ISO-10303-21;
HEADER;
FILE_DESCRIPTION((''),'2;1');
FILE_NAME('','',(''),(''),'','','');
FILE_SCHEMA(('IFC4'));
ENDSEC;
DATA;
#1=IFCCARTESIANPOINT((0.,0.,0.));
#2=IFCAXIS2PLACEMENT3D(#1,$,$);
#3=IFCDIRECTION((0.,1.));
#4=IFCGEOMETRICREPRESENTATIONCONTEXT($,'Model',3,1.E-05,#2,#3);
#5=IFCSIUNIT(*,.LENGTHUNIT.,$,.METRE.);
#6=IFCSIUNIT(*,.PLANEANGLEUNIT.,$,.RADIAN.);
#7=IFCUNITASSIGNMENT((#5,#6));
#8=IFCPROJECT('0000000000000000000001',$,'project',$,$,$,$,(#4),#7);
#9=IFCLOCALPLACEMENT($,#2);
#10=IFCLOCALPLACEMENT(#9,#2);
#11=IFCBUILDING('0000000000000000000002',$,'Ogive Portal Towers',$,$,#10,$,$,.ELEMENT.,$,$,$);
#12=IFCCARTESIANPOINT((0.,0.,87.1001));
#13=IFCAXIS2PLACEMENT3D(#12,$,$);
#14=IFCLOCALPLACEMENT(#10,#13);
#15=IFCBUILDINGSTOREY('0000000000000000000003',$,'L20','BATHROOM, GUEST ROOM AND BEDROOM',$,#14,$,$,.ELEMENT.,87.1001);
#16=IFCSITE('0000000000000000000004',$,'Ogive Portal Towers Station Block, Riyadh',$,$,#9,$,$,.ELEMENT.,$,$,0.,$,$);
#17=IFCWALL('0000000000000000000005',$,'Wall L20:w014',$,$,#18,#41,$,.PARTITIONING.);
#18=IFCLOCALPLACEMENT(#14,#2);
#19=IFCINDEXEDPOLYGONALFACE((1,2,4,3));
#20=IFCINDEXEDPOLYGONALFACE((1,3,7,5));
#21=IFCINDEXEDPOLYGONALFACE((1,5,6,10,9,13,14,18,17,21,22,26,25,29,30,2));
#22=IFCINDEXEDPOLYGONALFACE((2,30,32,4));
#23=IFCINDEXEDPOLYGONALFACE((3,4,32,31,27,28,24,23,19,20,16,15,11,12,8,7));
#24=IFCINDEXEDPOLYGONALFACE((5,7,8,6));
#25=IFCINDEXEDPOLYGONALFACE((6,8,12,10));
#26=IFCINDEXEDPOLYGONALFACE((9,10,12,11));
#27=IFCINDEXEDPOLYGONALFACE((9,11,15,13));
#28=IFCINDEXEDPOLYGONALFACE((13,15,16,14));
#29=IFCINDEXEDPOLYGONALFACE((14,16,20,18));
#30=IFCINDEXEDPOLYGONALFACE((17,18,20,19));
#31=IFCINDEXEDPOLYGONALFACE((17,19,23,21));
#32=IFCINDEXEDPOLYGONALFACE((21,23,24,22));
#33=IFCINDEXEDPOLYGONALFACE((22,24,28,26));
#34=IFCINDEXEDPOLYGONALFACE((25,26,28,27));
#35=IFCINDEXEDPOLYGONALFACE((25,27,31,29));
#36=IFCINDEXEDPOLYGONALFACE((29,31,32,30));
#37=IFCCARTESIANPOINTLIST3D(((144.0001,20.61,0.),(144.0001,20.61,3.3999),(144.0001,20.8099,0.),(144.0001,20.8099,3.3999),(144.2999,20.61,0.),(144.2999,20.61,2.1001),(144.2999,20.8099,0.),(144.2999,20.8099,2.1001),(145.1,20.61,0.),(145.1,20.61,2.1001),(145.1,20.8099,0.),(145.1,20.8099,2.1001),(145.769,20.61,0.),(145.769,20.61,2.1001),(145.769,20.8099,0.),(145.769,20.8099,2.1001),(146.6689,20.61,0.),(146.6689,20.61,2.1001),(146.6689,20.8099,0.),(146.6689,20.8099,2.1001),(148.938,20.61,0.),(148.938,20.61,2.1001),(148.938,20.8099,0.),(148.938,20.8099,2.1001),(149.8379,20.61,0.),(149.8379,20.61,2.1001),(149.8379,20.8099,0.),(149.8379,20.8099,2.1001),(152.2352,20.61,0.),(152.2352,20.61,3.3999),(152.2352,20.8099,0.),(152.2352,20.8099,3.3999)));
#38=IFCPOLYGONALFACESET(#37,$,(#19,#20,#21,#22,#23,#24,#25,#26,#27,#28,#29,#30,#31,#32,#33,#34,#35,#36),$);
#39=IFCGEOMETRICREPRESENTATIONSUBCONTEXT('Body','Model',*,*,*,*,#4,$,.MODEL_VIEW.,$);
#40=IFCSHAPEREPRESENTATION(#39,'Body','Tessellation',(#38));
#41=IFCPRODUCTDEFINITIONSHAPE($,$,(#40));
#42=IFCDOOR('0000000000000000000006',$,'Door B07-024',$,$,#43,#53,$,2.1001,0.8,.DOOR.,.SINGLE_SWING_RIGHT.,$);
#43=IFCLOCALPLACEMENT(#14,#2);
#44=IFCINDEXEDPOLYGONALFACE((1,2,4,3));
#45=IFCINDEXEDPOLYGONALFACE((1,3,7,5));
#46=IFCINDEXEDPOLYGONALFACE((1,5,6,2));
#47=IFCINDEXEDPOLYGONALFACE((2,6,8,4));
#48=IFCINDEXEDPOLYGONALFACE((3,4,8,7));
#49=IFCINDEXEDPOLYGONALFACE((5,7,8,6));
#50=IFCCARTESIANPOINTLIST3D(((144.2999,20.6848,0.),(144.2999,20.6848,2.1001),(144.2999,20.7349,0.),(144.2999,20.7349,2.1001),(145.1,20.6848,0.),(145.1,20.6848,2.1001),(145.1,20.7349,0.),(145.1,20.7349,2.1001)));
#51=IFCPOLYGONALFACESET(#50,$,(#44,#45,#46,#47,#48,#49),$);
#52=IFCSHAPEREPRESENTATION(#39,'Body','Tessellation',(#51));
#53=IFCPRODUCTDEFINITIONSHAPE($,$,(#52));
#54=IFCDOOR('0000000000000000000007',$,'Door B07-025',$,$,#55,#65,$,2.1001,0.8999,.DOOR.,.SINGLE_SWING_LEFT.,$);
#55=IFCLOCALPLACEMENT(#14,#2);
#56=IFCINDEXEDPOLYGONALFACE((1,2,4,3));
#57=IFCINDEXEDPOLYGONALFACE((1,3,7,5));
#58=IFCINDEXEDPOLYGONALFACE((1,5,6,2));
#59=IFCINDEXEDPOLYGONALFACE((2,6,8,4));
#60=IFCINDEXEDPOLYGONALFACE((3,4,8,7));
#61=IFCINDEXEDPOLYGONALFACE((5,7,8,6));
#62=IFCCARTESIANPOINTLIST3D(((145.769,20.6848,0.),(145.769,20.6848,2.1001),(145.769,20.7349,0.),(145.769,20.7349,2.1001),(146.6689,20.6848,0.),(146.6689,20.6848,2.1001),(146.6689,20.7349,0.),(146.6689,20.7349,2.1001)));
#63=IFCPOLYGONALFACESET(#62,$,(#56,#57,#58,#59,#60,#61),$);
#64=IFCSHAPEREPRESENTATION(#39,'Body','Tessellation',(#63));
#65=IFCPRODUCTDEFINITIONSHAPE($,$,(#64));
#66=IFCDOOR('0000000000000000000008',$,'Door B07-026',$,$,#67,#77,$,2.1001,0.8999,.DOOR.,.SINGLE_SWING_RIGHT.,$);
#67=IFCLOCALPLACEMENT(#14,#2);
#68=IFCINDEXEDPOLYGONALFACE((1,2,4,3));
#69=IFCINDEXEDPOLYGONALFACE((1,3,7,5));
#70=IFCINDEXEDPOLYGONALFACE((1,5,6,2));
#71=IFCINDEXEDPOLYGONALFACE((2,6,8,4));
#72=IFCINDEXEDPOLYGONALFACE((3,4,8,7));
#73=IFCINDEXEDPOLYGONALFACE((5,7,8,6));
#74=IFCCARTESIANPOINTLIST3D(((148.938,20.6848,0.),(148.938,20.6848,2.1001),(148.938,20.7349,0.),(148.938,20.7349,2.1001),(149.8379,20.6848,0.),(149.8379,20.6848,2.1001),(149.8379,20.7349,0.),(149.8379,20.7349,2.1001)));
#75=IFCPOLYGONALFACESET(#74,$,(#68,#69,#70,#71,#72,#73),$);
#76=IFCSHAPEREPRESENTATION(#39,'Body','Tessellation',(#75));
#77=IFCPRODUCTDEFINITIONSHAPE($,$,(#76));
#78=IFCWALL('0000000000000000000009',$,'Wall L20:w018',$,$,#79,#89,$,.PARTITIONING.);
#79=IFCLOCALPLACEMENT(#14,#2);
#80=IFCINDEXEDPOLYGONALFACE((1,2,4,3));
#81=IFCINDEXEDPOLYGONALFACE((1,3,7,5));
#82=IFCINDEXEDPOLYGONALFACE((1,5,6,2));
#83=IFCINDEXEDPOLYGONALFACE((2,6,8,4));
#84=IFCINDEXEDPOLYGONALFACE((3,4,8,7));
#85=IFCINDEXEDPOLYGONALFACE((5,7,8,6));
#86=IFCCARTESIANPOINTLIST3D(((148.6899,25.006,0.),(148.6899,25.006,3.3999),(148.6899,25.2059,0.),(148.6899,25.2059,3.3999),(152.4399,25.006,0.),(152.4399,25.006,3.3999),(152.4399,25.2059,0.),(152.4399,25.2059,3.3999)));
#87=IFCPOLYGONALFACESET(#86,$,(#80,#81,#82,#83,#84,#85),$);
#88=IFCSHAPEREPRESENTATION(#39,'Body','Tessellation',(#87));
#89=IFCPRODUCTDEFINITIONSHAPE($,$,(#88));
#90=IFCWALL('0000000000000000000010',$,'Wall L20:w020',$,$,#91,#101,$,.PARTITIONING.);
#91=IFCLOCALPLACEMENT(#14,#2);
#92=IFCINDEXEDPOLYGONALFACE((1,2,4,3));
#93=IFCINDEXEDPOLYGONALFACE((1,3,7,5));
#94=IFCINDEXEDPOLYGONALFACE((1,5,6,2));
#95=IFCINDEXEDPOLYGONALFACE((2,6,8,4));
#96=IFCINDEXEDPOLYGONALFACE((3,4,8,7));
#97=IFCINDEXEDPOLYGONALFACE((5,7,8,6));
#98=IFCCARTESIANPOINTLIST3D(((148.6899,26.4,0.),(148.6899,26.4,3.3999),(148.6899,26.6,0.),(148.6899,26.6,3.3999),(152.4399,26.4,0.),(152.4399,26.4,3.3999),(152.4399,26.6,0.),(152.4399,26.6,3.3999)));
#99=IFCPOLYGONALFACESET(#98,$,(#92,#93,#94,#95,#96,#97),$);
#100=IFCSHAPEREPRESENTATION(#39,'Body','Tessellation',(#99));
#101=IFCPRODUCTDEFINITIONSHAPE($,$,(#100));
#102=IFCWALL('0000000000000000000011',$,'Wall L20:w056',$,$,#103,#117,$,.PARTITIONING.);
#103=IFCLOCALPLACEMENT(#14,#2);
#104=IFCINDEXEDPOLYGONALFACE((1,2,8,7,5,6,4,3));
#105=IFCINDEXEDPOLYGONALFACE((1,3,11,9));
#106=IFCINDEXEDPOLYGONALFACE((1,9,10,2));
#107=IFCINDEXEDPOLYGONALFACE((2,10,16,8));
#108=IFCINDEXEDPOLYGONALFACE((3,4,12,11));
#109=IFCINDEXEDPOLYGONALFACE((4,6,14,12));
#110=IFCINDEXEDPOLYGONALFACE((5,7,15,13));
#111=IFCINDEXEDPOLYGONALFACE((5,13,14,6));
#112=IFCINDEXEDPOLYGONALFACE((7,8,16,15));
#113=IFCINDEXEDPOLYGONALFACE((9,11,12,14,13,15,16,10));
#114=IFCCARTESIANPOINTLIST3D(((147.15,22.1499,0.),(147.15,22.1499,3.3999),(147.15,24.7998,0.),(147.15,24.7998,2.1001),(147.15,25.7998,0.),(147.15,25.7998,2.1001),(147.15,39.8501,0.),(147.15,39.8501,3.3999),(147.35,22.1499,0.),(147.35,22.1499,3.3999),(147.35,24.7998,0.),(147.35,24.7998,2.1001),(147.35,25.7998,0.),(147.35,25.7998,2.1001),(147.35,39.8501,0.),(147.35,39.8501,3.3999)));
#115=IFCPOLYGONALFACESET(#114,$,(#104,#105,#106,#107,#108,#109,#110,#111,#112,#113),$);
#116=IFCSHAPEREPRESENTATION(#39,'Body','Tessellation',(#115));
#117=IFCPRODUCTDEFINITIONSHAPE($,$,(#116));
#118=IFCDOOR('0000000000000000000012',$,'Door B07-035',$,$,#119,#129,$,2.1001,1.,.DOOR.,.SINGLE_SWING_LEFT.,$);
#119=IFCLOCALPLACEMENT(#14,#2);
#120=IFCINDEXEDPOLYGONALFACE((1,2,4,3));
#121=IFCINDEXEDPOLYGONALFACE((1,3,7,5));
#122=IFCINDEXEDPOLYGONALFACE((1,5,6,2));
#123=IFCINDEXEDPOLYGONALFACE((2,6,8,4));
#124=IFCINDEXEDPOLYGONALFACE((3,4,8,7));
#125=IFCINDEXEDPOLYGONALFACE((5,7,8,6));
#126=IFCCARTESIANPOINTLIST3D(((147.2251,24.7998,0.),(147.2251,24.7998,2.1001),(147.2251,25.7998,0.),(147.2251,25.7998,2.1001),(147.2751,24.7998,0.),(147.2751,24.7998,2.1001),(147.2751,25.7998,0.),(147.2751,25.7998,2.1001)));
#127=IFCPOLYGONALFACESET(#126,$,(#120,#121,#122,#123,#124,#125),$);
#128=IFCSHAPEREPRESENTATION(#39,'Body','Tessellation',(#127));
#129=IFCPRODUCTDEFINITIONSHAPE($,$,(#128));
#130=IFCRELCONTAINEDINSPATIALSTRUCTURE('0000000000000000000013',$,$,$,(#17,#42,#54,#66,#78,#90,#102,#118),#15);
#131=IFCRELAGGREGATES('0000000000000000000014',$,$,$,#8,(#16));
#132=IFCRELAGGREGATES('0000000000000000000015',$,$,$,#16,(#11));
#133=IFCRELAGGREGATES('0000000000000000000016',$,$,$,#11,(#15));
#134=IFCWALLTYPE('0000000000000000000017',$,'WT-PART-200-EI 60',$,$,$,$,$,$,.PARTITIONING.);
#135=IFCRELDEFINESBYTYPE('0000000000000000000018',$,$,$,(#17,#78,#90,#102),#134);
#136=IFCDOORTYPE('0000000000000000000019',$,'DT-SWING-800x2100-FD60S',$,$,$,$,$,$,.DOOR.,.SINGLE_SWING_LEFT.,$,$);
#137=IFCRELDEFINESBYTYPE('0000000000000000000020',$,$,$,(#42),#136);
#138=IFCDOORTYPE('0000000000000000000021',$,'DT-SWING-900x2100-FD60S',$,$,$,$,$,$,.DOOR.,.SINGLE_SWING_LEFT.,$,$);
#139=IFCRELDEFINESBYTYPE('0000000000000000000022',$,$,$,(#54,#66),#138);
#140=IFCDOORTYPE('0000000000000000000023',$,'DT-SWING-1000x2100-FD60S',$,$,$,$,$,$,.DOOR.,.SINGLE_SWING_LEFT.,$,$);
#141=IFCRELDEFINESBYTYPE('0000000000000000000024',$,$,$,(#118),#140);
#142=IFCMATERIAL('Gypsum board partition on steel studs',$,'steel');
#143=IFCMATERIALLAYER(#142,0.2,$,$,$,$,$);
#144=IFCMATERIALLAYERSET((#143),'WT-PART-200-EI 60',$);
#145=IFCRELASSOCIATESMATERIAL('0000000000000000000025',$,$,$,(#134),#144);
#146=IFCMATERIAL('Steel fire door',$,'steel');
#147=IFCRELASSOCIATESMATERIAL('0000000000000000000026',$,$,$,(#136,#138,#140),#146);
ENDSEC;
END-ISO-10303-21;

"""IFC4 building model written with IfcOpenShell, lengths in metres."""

from ifc_helpers import new_model, si_unit, direction, frame, frame_2d, origin, place, context, subcontext, project, spatial, rectangle, extrude, material, layer, layer_set, type_object, element, fill, save


model = new_model("IFC4")

# Units and contexts
model_context = context("Model", 3, precision=1e-05, world=origin(), true_north=direction((0.0, 1.0)))
body_context = subcontext(model_context, "Body", "Model", "MODEL_VIEW")
ifc_project = project(units=[si_unit("LENGTHUNIT", "METRE"), si_unit("PLANEANGLEUNIT", "RADIAN")], contexts=[model_context])

# Site, building, storey
site_placement = place(None, origin())
site = spatial("IfcSite", under=ifc_project, at=site_placement, Name="Ogive Portal Towers Station Block, Riyadh", CompositionType="ELEMENT", RefElevation=0.0)
building_placement = place(site_placement, origin())
building = spatial("IfcBuilding", under=site, at=building_placement, Name="Ogive Portal Towers", CompositionType="ELEMENT")
storey_placement = place(building_placement, frame((0.0, 0.0, 87.1001)))
storey = spatial("IfcBuildingStorey", under=building, at=storey_placement, Name="L20", Description="BATHROOM, GUEST ROOM AND BEDROOM", CompositionType="ELEMENT", Elevation=87.1001)

# Wall, openings, doors
ifc_material_1 = material(Name="Gypsum board partition on steel studs", Category="steel")
ifc_layer_1 = layer(ifc_material_1, 0.2)
ifc_layer_set_1 = layer_set([ifc_layer_1], Name="WT-PART-200-EI 60")
wall_type_1 = type_object("IfcWallType", Name="WT-PART-200-EI 60", PredefinedType="PARTITIONING", material=ifc_layer_set_1)
wall_1_placement = place(storey_placement, frame((144.0, 20.71, 0.0), z_axis=(0.0, 0.0, 1.0), x_axis=(1.0, 0.0, 0.0)))
wall_1 = element("IfcWall", 1, at=wall_1_placement, inside=storey, type_object=wall_type_1, Name="Wall L20:w014", PredefinedType="PARTITIONING", context=body_context, shape_type="SweptSolid", body=[
    extrude(rectangle(XDim=8.2351, YDim=0.2, at=frame_2d((4.1177, 0.0))), origin(), (0.0, 0.0, 1.0), 3.3999),
])
opening_1_placement = place(wall_1_placement, frame((0.3, 0.0, 0.0)))
opening_1 = element("IfcOpeningElement", 2, at=opening_1_placement, cuts=wall_1, PredefinedType="OPENING", context=body_context, shape_type="SweptSolid", body=[
    extrude(rectangle(XDim=0.8, YDim=2.1001, at=frame_2d((0.3999, 1.05))), frame((0.0, 0.1099, 0.0), z_axis=(0.0, -1.0, 0.0), x_axis=(1.0, 0.0, 0.0)), (0.0, 0.0, 1.0), 0.22),
])
opening_2_placement = place(wall_1_placement, frame((1.769, 0.0, 0.0)))
opening_2 = element("IfcOpeningElement", 3, at=opening_2_placement, cuts=wall_1, PredefinedType="OPENING", context=body_context, shape_type="SweptSolid", body=[
    extrude(rectangle(XDim=0.8999, YDim=2.1001, at=frame_2d((0.45, 1.05))), frame((0.0, 0.1099, 0.0), z_axis=(0.0, -1.0, 0.0), x_axis=(1.0, 0.0, 0.0)), (0.0, 0.0, 1.0), 0.22),
])
opening_3_placement = place(wall_1_placement, frame((4.938, 0.0, 0.0)))
opening_3 = element("IfcOpeningElement", 4, at=opening_3_placement, cuts=wall_1, PredefinedType="OPENING", context=body_context, shape_type="SweptSolid", body=[
    extrude(rectangle(XDim=0.8999, YDim=2.1001, at=frame_2d((0.45, 1.05))), frame((0.0, 0.1099, 0.0), z_axis=(0.0, -1.0, 0.0), x_axis=(1.0, 0.0, 0.0)), (0.0, 0.0, 1.0), 0.22),
])
ifc_material_2 = material(Name="Steel fire door", Category="steel")
door_type_1 = type_object("IfcDoorType", Name="DT-SWING-800x2100-FD60S", OperationType="SINGLE_SWING_LEFT", PredefinedType="DOOR", material=ifc_material_2)
door_1_placement = place(opening_1_placement, origin())
door_1 = element("IfcDoor", 5, at=door_1_placement, inside=storey, type_object=door_type_1, Name="Door B07-024", OperationType="SINGLE_SWING_RIGHT", OverallHeight=2.1001, OverallWidth=0.8, PredefinedType="DOOR", context=body_context, shape_type="SweptSolid", body=[
    extrude(rectangle(XDim=0.8, YDim=2.1001, at=frame_2d((0.3999, 1.05))), frame((0.0, 0.0249, 0.0), z_axis=(0.0, -1.0, 0.0), x_axis=(1.0, 0.0, 0.0)), (0.0, 0.0, 1.0), 0.05),
])
fill(opening_1, door_1)
door_type_2 = type_object("IfcDoorType", Name="DT-SWING-900x2100-FD60S", OperationType="SINGLE_SWING_LEFT", PredefinedType="DOOR", material=ifc_material_2)
door_2_placement = place(opening_2_placement, origin())
door_2 = element("IfcDoor", 6, at=door_2_placement, inside=storey, type_object=door_type_2, Name="Door B07-025", OperationType="SINGLE_SWING_LEFT", OverallHeight=2.1001, OverallWidth=0.8999, PredefinedType="DOOR", context=body_context, shape_type="SweptSolid", body=[
    extrude(rectangle(XDim=0.8999, YDim=2.1001, at=frame_2d((0.45, 1.05))), frame((0.0, 0.0249, 0.0), z_axis=(0.0, -1.0, 0.0), x_axis=(1.0, 0.0, 0.0)), (0.0, 0.0, 1.0), 0.05),
])
fill(opening_2, door_2)
door_3_placement = place(opening_3_placement, origin())
door_3 = element("IfcDoor", 7, at=door_3_placement, inside=storey, type_object=door_type_2, Name="Door B07-026", OperationType="SINGLE_SWING_RIGHT", OverallHeight=2.1001, OverallWidth=0.8999, PredefinedType="DOOR", context=body_context, shape_type="SweptSolid", body=[
    extrude(rectangle(XDim=0.8999, YDim=2.1001, at=frame_2d((0.45, 1.05))), frame((0.0, 0.0249, 0.0), z_axis=(0.0, -1.0, 0.0), x_axis=(1.0, 0.0, 0.0)), (0.0, 0.0, 1.0), 0.05),
])
fill(opening_3, door_3)

# Walls
for number, where, z_axis, x_axis, name in (
    (8, (148.6899, 25.106, 0.0), (0.0, 0.0, 1.0), (1.0, 0.0, 0.0), "Wall L20:w018"),
    (9, (148.6899, 26.5, 0.0), (0.0, 0.0, 1.0), (1.0, 0.0, 0.0), "Wall L20:w020"),
):
    element("IfcWall", number, at=place(storey_placement, frame(where, z_axis=z_axis, x_axis=x_axis)), inside=storey, type_object=wall_type_1, Name=name, PredefinedType="PARTITIONING", context=body_context, shape_type="SweptSolid", body=[
        extrude(rectangle(XDim=3.75, YDim=0.2, at=frame_2d((1.875, 0.0))), origin(), (0.0, 0.0, 1.0), 3.3999),
    ])

# Wall, opening, door
wall_2_placement = place(storey_placement, frame((147.25, 22.1499, 0.0), z_axis=(0.0, 0.0, 1.0), x_axis=(0.0, 1.0, 0.0)))
wall_2 = element("IfcWall", 10, at=wall_2_placement, inside=storey, type_object=wall_type_1, Name="Wall L20:w056", PredefinedType="PARTITIONING", context=body_context, shape_type="SweptSolid", body=[
    extrude(rectangle(XDim=17.7002, YDim=0.2, at=frame_2d((8.8501, 0.0))), origin(), (0.0, 0.0, 1.0), 3.3999),
])
opening_4_placement = place(wall_2_placement, frame((2.6499, 0.0, 0.0)))
opening_4 = element("IfcOpeningElement", 11, at=opening_4_placement, cuts=wall_2, PredefinedType="OPENING", context=body_context, shape_type="SweptSolid", body=[
    extrude(rectangle(XDim=1.0, YDim=2.1001, at=frame_2d((0.5, 1.05))), frame((0.0, 0.1099, 0.0), z_axis=(0.0, -1.0, 0.0), x_axis=(1.0, 0.0, 0.0)), (0.0, 0.0, 1.0), 0.22),
])
door_type_3 = type_object("IfcDoorType", Name="DT-SWING-1000x2100-FD60S", OperationType="SINGLE_SWING_LEFT", PredefinedType="DOOR", material=ifc_material_2)
door_4_placement = place(opening_4_placement, origin())
door_4 = element("IfcDoor", 12, at=door_4_placement, inside=storey, type_object=door_type_3, Name="Door B07-035", OperationType="SINGLE_SWING_LEFT", OverallHeight=2.1001, OverallWidth=1.0, PredefinedType="DOOR", context=body_context, shape_type="SweptSolid", body=[
    extrude(rectangle(XDim=1.0, YDim=2.1001, at=frame_2d((0.5, 1.05))), frame((0.0, 0.0249, 0.0), z_axis=(0.0, -1.0, 0.0), x_axis=(1.0, 0.0, 0.0)), (0.0, 0.0, 1.0), 0.05),
])
fill(opening_4, door_4)

save(model, "model.ifc")
